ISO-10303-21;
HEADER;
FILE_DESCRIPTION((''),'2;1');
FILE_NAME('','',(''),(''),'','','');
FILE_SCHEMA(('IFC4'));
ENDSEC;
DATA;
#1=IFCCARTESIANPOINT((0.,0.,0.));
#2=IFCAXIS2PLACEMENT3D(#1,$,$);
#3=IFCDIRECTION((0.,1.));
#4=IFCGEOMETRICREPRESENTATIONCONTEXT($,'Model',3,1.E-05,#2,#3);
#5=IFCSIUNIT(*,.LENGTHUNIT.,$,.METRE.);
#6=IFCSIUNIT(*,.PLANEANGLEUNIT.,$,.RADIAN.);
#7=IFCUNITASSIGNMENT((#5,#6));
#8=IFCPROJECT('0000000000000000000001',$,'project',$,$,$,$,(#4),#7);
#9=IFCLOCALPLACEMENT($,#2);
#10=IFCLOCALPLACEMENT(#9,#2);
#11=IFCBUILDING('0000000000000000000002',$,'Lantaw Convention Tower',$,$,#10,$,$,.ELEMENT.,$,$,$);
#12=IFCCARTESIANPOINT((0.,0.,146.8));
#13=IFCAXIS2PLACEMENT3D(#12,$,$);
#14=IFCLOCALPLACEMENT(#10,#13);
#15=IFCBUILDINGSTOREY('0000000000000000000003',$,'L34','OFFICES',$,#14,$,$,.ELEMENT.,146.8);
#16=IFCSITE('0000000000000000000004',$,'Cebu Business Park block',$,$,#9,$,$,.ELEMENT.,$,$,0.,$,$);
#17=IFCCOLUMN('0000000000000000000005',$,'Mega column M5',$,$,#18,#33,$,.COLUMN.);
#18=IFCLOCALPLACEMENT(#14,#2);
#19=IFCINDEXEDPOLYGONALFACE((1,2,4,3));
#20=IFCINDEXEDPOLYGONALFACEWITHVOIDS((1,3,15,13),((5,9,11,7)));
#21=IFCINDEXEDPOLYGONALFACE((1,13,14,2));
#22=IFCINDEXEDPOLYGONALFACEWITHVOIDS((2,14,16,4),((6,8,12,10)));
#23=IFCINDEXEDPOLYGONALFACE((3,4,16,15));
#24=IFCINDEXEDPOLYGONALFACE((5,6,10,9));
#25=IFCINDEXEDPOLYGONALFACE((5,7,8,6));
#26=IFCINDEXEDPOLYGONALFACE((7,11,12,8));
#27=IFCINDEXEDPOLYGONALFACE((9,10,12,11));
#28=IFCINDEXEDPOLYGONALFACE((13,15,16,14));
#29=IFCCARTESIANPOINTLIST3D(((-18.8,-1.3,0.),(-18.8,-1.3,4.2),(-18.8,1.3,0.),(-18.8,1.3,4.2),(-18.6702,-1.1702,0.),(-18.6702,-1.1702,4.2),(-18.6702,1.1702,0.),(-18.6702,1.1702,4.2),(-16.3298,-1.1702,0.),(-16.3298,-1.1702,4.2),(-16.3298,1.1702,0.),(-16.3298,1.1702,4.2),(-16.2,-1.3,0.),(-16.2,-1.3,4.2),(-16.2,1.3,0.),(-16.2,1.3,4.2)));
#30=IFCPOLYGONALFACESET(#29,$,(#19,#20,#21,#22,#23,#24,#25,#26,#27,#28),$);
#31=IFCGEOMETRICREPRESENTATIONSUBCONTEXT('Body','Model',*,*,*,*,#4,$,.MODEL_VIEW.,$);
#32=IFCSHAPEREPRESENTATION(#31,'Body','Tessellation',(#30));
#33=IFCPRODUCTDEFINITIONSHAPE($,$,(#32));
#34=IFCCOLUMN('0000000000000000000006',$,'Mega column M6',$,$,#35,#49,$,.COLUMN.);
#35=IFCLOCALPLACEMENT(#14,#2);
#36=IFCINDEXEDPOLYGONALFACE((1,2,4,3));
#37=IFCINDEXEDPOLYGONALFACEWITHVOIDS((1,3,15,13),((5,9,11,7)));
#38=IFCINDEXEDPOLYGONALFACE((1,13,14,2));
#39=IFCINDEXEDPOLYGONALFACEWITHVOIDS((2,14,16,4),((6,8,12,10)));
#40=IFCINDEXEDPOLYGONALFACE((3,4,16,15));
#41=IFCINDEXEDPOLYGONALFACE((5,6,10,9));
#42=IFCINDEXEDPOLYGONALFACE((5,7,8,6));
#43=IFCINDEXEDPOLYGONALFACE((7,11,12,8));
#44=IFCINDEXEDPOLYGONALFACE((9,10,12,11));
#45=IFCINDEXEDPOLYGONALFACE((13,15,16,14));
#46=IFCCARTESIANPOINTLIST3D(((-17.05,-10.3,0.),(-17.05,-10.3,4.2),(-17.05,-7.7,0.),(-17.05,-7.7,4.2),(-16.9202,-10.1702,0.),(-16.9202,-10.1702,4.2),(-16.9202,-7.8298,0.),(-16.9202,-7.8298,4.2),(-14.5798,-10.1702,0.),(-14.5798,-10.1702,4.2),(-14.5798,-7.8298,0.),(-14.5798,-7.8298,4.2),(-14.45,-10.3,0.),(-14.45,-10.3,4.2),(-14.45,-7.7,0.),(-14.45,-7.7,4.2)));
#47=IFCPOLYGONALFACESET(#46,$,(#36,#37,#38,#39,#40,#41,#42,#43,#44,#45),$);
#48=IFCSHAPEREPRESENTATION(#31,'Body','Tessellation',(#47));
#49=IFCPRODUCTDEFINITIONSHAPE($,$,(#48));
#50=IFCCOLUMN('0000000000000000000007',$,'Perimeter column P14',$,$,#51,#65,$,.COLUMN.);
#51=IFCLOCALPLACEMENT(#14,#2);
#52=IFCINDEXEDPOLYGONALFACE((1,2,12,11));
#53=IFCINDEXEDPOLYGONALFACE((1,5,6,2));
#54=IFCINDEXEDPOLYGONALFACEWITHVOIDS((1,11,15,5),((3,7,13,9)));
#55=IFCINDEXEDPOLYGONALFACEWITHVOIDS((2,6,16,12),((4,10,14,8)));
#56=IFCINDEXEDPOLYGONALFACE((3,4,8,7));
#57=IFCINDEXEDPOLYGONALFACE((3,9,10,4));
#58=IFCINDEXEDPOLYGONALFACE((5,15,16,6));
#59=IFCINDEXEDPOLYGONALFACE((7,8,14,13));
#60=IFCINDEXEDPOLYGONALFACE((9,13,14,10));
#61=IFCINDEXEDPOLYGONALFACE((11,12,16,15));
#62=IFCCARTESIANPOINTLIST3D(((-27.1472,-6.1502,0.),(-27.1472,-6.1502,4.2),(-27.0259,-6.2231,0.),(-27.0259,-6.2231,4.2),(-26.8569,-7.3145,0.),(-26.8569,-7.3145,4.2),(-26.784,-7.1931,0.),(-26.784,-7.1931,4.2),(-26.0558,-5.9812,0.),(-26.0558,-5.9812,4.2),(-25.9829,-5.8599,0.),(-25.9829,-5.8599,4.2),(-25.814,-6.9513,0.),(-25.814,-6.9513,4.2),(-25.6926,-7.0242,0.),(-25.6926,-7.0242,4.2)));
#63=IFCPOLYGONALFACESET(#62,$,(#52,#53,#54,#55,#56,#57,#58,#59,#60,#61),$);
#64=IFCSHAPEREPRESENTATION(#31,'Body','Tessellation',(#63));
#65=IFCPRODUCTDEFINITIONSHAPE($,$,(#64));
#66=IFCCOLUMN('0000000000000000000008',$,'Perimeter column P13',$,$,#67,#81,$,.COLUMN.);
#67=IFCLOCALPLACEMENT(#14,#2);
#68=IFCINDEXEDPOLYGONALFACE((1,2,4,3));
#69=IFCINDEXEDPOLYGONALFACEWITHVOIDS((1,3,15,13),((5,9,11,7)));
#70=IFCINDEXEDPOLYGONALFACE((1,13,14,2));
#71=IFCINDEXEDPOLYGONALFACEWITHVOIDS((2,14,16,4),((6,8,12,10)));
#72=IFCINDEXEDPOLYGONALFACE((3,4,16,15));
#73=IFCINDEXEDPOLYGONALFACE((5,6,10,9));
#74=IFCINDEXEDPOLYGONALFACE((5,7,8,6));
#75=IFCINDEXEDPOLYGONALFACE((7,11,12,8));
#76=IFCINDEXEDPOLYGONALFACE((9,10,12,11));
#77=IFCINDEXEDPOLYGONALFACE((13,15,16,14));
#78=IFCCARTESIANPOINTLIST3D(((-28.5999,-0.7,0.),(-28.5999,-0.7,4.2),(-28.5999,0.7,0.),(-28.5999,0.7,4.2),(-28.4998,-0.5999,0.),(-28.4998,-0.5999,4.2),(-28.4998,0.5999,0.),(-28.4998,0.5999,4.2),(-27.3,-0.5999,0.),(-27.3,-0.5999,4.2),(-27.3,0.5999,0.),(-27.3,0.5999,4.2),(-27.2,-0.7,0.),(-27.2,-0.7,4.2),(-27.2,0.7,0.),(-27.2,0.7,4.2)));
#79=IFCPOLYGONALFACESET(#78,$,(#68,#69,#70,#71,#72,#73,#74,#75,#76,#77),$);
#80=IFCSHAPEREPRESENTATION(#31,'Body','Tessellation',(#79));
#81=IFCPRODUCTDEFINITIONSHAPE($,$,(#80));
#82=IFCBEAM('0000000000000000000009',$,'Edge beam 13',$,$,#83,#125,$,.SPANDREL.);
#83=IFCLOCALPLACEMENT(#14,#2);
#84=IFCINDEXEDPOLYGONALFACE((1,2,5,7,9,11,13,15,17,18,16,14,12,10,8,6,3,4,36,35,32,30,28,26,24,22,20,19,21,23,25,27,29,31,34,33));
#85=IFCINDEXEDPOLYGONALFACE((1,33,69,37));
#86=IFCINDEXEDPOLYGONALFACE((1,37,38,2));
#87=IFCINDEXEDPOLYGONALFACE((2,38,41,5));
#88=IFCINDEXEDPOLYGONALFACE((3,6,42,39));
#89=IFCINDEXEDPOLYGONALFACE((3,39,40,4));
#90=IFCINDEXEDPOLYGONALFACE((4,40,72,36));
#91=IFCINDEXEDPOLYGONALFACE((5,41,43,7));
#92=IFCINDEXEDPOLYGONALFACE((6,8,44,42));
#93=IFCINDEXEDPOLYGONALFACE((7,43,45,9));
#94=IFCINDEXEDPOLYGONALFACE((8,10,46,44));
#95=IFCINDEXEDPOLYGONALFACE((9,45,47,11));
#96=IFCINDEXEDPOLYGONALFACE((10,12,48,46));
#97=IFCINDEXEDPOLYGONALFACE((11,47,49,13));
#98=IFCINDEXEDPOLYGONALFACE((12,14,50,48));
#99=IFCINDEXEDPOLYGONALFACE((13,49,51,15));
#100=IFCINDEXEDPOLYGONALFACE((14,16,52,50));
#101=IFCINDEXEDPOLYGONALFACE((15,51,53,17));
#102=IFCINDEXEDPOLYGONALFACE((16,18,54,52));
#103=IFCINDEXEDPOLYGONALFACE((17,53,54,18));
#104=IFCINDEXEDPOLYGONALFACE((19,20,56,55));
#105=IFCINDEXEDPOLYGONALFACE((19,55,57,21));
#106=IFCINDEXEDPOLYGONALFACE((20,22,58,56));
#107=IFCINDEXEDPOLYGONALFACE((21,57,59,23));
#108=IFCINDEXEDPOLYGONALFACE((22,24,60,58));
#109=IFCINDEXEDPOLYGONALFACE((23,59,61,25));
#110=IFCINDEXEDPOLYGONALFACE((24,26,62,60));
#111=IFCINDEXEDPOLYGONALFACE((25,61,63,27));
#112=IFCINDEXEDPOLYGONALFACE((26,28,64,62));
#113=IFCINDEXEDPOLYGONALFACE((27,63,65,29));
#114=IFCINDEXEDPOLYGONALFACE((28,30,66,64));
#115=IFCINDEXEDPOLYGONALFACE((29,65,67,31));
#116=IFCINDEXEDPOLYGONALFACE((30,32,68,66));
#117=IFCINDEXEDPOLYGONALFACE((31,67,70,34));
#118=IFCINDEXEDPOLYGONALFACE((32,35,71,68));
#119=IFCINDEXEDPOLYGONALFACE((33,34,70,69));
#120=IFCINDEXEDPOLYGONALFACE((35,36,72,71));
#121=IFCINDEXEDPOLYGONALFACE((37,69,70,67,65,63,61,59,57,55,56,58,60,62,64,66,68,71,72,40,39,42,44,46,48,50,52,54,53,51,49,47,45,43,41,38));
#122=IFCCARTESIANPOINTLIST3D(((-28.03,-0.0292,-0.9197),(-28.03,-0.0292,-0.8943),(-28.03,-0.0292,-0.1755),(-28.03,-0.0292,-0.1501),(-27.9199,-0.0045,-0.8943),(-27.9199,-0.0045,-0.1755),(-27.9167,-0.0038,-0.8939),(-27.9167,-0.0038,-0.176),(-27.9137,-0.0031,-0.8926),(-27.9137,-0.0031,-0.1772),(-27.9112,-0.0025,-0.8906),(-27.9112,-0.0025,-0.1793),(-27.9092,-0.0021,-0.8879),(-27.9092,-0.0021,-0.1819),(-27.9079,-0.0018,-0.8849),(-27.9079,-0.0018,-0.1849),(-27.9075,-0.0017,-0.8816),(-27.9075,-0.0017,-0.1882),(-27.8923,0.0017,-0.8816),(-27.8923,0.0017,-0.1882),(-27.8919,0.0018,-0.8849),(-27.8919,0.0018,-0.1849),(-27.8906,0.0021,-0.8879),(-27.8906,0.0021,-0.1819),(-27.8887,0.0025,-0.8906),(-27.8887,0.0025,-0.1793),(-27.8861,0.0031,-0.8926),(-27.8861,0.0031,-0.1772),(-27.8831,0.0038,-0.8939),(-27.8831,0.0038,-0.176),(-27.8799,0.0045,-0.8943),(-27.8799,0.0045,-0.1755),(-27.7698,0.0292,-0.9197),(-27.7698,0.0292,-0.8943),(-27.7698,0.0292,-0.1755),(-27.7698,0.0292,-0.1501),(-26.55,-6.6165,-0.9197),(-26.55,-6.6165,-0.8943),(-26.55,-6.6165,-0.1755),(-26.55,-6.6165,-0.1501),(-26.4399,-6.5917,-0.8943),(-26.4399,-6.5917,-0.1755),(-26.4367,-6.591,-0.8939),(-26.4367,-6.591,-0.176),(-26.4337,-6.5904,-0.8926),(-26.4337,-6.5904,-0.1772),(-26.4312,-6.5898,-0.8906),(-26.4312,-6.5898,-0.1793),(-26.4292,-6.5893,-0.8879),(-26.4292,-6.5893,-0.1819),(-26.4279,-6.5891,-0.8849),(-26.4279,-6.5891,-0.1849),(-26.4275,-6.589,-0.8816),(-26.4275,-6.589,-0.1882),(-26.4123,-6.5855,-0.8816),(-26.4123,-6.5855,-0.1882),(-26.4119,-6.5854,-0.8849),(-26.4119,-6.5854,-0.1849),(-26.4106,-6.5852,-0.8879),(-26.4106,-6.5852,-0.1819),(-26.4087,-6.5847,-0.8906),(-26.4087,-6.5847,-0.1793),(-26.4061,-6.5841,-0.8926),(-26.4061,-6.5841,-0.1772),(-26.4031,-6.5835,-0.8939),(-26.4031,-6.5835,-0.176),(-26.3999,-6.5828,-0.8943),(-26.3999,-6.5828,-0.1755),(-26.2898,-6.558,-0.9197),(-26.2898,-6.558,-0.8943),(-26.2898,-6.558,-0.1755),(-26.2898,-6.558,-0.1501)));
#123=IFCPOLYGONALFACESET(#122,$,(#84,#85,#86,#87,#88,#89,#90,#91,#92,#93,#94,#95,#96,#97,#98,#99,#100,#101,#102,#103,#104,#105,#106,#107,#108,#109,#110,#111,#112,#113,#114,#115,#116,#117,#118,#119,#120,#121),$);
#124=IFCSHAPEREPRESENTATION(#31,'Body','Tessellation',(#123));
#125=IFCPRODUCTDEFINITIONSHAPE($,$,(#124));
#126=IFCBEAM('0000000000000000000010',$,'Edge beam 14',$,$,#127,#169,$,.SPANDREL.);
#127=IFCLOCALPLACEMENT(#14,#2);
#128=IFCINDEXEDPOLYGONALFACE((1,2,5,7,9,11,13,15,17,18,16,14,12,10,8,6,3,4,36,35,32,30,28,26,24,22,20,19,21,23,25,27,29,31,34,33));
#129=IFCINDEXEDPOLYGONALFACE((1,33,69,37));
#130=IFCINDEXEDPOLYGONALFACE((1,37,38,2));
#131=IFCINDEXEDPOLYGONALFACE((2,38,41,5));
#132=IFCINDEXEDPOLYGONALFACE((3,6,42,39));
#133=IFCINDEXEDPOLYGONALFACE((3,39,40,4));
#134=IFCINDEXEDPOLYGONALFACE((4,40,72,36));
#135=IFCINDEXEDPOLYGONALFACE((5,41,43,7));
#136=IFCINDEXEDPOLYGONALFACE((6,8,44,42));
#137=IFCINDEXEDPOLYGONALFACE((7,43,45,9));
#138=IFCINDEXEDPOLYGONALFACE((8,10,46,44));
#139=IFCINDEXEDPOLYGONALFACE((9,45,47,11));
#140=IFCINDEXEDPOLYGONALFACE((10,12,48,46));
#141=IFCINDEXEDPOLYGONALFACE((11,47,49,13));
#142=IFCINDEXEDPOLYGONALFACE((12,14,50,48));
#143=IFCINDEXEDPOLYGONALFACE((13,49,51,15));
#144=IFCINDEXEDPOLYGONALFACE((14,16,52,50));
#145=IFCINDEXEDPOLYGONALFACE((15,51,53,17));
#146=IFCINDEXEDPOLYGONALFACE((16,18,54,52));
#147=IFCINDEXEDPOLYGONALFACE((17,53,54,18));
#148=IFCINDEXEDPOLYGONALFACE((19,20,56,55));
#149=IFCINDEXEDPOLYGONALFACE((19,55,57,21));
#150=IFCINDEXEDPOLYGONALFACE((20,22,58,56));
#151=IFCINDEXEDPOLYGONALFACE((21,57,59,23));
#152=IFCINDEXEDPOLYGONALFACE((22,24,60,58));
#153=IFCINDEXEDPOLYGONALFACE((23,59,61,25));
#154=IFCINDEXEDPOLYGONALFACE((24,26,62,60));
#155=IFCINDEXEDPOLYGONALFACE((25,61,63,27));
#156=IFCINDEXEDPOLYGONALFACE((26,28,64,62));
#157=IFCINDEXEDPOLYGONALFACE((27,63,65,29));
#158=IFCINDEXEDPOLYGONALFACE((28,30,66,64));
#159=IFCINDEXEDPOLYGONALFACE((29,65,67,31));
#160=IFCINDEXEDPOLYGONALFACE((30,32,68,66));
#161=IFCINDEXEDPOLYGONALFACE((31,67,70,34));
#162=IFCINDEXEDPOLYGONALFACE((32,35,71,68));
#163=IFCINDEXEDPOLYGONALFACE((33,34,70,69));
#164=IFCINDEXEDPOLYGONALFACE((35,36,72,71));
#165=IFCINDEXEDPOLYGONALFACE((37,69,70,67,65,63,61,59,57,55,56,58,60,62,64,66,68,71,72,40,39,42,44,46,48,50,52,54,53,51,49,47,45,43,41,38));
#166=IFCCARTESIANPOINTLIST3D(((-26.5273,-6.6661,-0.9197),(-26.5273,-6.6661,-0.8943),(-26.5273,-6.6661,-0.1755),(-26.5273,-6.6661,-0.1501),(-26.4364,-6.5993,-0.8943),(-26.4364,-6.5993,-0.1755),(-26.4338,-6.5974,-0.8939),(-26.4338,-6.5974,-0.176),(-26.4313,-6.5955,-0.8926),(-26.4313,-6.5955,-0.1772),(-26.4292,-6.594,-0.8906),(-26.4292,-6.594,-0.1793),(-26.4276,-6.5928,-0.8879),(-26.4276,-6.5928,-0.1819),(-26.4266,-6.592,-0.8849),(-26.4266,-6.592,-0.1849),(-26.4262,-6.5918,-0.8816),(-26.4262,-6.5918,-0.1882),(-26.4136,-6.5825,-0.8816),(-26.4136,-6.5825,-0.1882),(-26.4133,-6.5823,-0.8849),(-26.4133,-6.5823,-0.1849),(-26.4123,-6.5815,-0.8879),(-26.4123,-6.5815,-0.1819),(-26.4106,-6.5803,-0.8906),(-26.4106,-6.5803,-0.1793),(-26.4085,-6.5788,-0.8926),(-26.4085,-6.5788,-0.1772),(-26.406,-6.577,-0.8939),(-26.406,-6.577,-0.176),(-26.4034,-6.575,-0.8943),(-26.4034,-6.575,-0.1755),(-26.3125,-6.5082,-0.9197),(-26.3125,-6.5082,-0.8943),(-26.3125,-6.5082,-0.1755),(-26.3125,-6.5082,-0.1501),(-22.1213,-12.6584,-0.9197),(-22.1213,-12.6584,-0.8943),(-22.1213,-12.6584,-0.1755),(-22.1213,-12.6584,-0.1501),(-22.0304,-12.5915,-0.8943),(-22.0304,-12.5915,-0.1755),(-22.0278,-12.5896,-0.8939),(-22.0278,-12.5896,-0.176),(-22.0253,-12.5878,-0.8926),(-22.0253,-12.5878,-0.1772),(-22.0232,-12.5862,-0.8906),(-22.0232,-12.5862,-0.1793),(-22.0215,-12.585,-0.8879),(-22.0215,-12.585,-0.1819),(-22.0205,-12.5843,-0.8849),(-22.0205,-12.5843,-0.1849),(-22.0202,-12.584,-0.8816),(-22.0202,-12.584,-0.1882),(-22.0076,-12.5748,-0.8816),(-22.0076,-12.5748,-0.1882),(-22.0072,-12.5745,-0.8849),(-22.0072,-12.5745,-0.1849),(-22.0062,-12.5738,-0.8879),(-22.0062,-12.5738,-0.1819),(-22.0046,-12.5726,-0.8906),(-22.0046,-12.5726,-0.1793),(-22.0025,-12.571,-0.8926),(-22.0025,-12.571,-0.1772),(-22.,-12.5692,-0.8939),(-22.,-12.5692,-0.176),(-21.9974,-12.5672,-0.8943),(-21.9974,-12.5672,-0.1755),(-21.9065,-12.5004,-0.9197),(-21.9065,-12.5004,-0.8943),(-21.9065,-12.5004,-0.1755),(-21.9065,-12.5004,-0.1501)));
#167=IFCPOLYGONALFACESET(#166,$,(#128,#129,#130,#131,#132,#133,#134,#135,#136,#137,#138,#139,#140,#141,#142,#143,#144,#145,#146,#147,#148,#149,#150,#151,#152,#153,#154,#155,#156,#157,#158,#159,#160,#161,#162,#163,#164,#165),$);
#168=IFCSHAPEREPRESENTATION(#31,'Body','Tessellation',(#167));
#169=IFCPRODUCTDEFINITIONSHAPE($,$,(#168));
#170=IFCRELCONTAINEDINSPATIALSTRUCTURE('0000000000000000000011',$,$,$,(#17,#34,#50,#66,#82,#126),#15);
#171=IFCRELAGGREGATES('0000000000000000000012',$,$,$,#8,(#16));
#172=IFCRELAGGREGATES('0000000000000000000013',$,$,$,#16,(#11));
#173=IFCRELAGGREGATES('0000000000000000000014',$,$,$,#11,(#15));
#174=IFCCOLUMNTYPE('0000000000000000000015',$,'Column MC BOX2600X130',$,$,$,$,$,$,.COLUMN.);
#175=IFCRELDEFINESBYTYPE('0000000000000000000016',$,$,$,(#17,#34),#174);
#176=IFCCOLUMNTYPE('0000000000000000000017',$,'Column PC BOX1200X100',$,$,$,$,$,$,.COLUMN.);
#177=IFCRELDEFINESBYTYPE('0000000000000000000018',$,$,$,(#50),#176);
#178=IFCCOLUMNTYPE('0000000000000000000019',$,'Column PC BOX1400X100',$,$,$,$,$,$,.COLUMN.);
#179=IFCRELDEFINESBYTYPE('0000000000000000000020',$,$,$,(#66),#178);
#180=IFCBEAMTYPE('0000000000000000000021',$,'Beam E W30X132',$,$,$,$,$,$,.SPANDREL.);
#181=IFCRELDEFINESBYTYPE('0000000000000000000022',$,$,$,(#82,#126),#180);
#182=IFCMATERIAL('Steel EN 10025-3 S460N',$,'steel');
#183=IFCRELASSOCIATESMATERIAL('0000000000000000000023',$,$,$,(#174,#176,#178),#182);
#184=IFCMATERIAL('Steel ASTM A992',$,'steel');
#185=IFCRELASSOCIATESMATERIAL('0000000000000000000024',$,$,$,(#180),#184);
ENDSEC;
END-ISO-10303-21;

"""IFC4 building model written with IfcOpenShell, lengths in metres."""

from ifc_helpers import new_model, si_unit, direction, frame, origin, origin_2d, place, context, subcontext, project, spatial, rectangle, hollow_rectangle, i_section, extrude, material, material_profile, profile_set, type_object, element, save


model = new_model("IFC4")

# Units and contexts
model_context = context("Model", 3, precision=1e-05, world=origin(), true_north=direction((0.0, 1.0)))
body_context = subcontext(model_context, "Body", "Model", "MODEL_VIEW")
ifc_project = project(units=[si_unit("LENGTHUNIT", "METRE"), si_unit("PLANEANGLEUNIT", "RADIAN")], contexts=[model_context])

# Site, building, storey
site_placement = place(None, origin())
site = spatial("IfcSite", under=ifc_project, at=site_placement, Name="Cebu Business Park block", CompositionType="ELEMENT", RefElevation=0.0)
building_placement = place(site_placement, origin())
building = spatial("IfcBuilding", under=site, at=building_placement, Name="Lantaw Convention Tower", CompositionType="ELEMENT")
storey_placement = place(building_placement, frame((0.0, 0.0, 146.8)))
storey = spatial("IfcBuildingStorey", under=building, at=storey_placement, Name="L34", Description="OFFICES", CompositionType="ELEMENT", Elevation=146.8)

# Columns
ifc_material_1 = material(Name="Steel EN 10025-3 S460N", Category="steel")
ifc_material_profile_1 = material_profile(ifc_material_1, hollow_rectangle(XDim=2.6001, YDim=2.6001, WallThickness=0.1299, at=origin_2d()), Name="BOX2600X130")
ifc_material_2 = material(Name="Concrete C60/75", Category="concrete")
ifc_material_profile_2 = material_profile(ifc_material_2, rectangle(XDim=2.3401, YDim=2.3401, at=origin_2d()), Name="Concrete fill of BOX2600X130")
ifc_profile_set_1 = profile_set([ifc_material_profile_1, ifc_material_profile_2], Name="Steel EN 10025-3 S460N")
column_type_1 = type_object("IfcColumnType", Name="Column MC BOX2600X130", PredefinedType="COLUMN", material=ifc_profile_set_1)
for number, where, z_axis, x_axis, name in (
    (1, (-17.5, 0.0, 0.0), (0.0, 0.0, 1.0), (1.0, 0.0, 0.0), "Mega column M5"),
    (2, (-15.75, -9.0, 0.0), (0.0, 0.0, 1.0), (1.0, 0.0, 0.0), "Mega column M6"),
):
    element("IfcColumn", number, at=place(storey_placement, frame(where, z_axis=z_axis, x_axis=x_axis)), inside=storey, type_object=column_type_1, Name=name, PredefinedType="COLUMN", context=body_context, shape_type="SweptSolid", body=[
        extrude(hollow_rectangle(XDim=2.6001, YDim=2.6001, WallThickness=0.1299, at=origin_2d()), origin(), (0.0, 0.0, 1.0), 4.2),
    ])
ifc_material_profile_3 = material_profile(ifc_material_1, hollow_rectangle(XDim=1.2, YDim=1.2, WallThickness=0.1001, at=origin_2d()), Name="BOX1200X100")
ifc_material_profile_4 = material_profile(ifc_material_2, rectangle(XDim=1.0, YDim=1.0, at=origin_2d()), Name="Concrete fill of BOX1200X100")
ifc_profile_set_2 = profile_set([ifc_material_profile_3, ifc_material_profile_4], Name="Steel EN 10025-3 S460N")
column_type_2 = type_object("IfcColumnType", Name="Column PC BOX1200X100", PredefinedType="COLUMN", material=ifc_profile_set_2)
column_1_placement = place(storey_placement, frame((-26.4199, -6.5872, 0.0), z_axis=(0.0, 0.0, 1.0), x_axis=(0.970296, 0.241922, 0.0)))
element("IfcColumn", 3, at=column_1_placement, inside=storey, type_object=column_type_2, Name="Perimeter column P14", PredefinedType="COLUMN", context=body_context, shape_type="SweptSolid", body=[
    extrude(hollow_rectangle(XDim=1.2, YDim=1.2, WallThickness=0.1001, at=origin_2d()), origin(), (0.0, 0.0, 1.0), 4.2),
])
ifc_material_profile_5 = material_profile(ifc_material_1, hollow_rectangle(XDim=1.3999, YDim=1.3999, WallThickness=0.1001, at=origin_2d()), Name="BOX1400X100")
ifc_material_profile_6 = material_profile(ifc_material_2, rectangle(XDim=1.2, YDim=1.2, at=origin_2d()), Name="Concrete fill of BOX1400X100")
ifc_profile_set_3 = profile_set([ifc_material_profile_5, ifc_material_profile_6], Name="Steel EN 10025-3 S460N")
column_type_3 = type_object("IfcColumnType", Name="Column PC BOX1400X100", PredefinedType="COLUMN", material=ifc_profile_set_3)
column_2_placement = place(storey_placement, frame((-27.8999, 0.0, 0.0), z_axis=(0.0, 0.0, 1.0), x_axis=(1.0, 0.0, 0.0)))
element("IfcColumn", 4, at=column_2_placement, inside=storey, type_object=column_type_3, Name="Perimeter column P13", PredefinedType="COLUMN", context=body_context, shape_type="SweptSolid", body=[
    extrude(hollow_rectangle(XDim=1.3999, YDim=1.3999, WallThickness=0.1001, at=origin_2d()), origin(), (0.0, 0.0, 1.0), 4.2),
])

# Beams
ifc_material_3 = material(Name="Steel ASTM A992", Category="steel")
ifc_material_profile_7 = material_profile(ifc_material_3, i_section(OverallWidth=0.2666, OverallDepth=0.7695, WebThickness=0.0156, FlangeThickness=0.0254, FilletRadius=0.0127, at=origin_2d()), Name="W30X132")
ifc_profile_set_4 = profile_set([ifc_material_profile_7], Name="Steel ASTM A992")
beam_type_1 = type_object("IfcBeamType", Name="Beam E W30X132", PredefinedType="SPANDREL", material=ifc_profile_set_4)
beam_1_placement = place(storey_placement, frame((-27.8999, 0.0, -0.5349), z_axis=(0.219212, -0.975677, 0.0), x_axis=(0.975677, 0.219212, 0.0)))
element("IfcBeam", 5, at=beam_1_placement, inside=storey, type_object=beam_type_1, Name="Edge beam 13", PredefinedType="SPANDREL", context=body_context, shape_type="SweptSolid", body=[
    extrude(i_section(OverallWidth=0.2666, OverallDepth=0.7695, WebThickness=0.0156, FlangeThickness=0.0254, FilletRadius=0.0127, at=origin_2d()), origin(), (0.0, 0.0, 1.0), 6.7515),
])
beam_2_placement = place(storey_placement, frame((-26.4199, -6.5872, -0.5349), z_axis=(0.592389, -0.805652, 0.0), x_axis=(0.805652, 0.592389, 0.0)))
element("IfcBeam", 6, at=beam_2_placement, inside=storey, type_object=beam_type_1, Name="Edge beam 14", PredefinedType="SPANDREL", context=body_context, shape_type="SweptSolid", body=[
    extrude(i_section(OverallWidth=0.2666, OverallDepth=0.7695, WebThickness=0.0156, FlangeThickness=0.0254, FilletRadius=0.0127, at=origin_2d()), origin(), (0.0, 0.0, 1.0), 7.4377),
])

save(model, "model.ifc")
